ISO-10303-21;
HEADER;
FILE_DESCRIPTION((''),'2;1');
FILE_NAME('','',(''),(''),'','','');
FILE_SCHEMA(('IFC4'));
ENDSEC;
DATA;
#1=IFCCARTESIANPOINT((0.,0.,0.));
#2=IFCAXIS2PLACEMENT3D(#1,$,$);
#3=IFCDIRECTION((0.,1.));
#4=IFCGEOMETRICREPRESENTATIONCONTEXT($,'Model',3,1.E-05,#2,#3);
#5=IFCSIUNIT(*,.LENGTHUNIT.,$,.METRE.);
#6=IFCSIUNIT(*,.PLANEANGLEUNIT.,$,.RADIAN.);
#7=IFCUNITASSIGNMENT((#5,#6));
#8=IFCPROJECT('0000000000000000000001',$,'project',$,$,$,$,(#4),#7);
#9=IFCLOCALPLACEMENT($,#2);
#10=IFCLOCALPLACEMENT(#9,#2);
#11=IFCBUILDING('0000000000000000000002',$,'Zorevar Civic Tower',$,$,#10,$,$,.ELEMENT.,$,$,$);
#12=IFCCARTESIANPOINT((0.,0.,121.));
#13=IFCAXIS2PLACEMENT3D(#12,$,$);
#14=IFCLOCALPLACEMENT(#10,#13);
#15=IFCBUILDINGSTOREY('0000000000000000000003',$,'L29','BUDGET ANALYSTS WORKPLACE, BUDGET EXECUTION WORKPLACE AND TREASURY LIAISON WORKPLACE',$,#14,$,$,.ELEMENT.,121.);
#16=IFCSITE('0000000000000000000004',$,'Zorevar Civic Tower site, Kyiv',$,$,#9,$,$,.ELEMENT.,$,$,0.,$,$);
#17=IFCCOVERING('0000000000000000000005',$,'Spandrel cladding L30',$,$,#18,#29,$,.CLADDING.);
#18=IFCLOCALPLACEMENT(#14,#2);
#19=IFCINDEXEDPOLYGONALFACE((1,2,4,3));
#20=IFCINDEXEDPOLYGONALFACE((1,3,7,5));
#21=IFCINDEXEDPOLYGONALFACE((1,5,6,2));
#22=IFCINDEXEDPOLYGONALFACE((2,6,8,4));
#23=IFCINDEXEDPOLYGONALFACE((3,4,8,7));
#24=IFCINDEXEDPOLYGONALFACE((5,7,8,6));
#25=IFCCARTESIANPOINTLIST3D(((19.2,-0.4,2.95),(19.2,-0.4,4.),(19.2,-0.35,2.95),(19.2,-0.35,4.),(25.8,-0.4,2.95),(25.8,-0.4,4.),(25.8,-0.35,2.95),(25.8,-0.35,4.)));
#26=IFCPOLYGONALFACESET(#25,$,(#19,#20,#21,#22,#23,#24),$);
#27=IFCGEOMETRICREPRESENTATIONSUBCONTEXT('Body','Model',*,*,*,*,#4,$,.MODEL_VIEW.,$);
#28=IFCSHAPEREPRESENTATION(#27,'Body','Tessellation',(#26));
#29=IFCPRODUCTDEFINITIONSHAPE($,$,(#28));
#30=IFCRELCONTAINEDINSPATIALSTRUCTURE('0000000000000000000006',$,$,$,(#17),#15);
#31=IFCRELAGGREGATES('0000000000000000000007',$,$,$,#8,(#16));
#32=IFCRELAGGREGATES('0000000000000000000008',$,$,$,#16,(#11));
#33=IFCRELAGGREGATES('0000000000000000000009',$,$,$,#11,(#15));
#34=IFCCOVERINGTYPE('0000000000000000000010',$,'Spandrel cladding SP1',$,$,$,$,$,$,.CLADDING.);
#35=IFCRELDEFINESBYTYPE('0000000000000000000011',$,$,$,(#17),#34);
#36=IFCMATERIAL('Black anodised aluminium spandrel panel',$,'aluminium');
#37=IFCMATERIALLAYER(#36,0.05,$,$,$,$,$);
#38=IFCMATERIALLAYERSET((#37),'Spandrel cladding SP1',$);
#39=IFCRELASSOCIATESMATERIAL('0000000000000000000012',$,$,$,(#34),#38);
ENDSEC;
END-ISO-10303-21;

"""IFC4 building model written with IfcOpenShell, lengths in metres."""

from ifc_helpers import new_model, si_unit, direction, frame, frame_2d, origin, place, context, subcontext, project, spatial, rectangle, extrude, material, layer, layer_set, type_object, element, save


model = new_model("IFC4")

# Units and contexts
model_context = context("Model", 3, precision=1e-05, world=origin(), true_north=direction((0.0, 1.0)))
body_context = subcontext(model_context, "Body", "Model", "MODEL_VIEW")
ifc_project = project(units=[si_unit("LENGTHUNIT", "METRE"), si_unit("PLANEANGLEUNIT", "RADIAN")], contexts=[model_context])

# Site, building, storey
site_placement = place(None, origin())
site = spatial("IfcSite", under=ifc_project, at=site_placement, Name="Zorevar Civic Tower site, Kyiv", CompositionType="ELEMENT", RefElevation=0.0)
building_placement = place(site_placement, origin())
building = spatial("IfcBuilding", under=site, at=building_placement, Name="Zorevar Civic Tower", CompositionType="ELEMENT")
storey_placement = place(building_placement, frame((0.0, 0.0, 121.0)))
storey = spatial("IfcBuildingStorey", under=building, at=storey_placement, Name="L29", Description="BUDGET ANALYSTS WORKPLACE, BUDGET EXECUTION WORKPLACE AND TREASURY LIAISON WORKPLACE", CompositionType="ELEMENT", Elevation=121.0)

# Covering
ifc_material_1 = material(Name="Black anodised aluminium spandrel panel", Category="aluminium")
ifc_layer_1 = layer(ifc_material_1, 0.05)
ifc_layer_set_1 = layer_set([ifc_layer_1], Name="Spandrel cladding SP1")
covering_type = type_object("IfcCoveringType", Name="Spandrel cladding SP1", PredefinedType="CLADDING", material=ifc_layer_set_1)
covering_placement = place(storey_placement, frame((19.2, -0.375, 2.95), z_axis=(0.0, 0.0, 1.0), x_axis=(1.0, 0.0, 0.0)))
element("IfcCovering", 1, at=covering_placement, inside=storey, type_object=covering_type, Name="Spandrel cladding L30", PredefinedType="CLADDING", context=body_context, shape_type="SweptSolid", body=[
    extrude(rectangle(XDim=6.6001, YDim=0.05, at=frame_2d((3.3, 0.0))), origin(), (0.0, 0.0, 1.0), 1.05),
])

save(model, "model.ifc")
